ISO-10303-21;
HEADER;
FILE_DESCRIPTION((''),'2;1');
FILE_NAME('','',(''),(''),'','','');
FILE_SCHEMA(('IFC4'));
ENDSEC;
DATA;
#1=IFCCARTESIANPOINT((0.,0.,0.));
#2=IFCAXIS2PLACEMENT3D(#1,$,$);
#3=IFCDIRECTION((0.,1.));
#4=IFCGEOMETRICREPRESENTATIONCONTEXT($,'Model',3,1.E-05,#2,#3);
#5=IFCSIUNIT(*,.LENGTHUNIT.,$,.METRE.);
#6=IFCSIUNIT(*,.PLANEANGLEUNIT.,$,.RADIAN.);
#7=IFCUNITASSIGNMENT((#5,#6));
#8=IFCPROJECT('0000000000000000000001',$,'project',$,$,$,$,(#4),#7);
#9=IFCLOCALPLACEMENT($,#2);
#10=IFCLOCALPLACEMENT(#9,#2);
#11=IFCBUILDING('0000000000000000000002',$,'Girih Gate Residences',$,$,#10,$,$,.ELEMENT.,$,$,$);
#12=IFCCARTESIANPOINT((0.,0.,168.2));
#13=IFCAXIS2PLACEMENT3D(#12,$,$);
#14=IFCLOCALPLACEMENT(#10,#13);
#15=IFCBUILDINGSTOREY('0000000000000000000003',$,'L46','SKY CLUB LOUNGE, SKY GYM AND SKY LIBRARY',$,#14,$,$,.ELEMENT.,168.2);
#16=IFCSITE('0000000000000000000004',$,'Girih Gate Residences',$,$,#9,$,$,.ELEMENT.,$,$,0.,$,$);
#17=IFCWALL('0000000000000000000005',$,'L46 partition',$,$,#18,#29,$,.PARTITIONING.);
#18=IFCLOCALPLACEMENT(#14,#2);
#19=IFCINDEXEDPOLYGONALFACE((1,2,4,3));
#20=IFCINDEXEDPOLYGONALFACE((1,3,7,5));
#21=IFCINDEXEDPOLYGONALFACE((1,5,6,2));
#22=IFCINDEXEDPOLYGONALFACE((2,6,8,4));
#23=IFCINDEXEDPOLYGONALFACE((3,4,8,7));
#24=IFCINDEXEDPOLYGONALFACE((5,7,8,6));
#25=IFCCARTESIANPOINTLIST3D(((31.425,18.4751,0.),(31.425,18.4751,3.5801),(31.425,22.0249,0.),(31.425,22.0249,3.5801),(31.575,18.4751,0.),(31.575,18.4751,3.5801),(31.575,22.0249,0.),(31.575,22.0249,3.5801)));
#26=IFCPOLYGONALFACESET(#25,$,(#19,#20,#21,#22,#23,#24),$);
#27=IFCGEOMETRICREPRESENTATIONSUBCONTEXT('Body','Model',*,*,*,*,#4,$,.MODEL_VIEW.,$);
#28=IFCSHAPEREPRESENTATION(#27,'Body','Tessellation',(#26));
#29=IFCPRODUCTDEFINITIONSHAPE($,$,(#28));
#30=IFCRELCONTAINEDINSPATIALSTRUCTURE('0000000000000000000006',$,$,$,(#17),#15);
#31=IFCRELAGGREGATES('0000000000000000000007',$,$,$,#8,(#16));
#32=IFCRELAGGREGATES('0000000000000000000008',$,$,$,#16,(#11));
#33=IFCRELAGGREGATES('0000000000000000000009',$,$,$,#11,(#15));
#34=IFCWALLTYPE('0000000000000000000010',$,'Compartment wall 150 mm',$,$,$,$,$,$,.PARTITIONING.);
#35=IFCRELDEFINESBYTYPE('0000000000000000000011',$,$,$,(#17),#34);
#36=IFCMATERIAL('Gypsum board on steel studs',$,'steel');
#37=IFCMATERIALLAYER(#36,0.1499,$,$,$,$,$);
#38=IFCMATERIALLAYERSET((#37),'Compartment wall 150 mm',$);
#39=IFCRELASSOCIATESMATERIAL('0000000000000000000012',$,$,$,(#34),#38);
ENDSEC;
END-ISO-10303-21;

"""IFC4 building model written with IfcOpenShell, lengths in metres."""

from ifc_helpers import new_model, si_unit, direction, frame, frame_2d, origin, place, context, subcontext, project, spatial, rectangle, extrude, material, layer, layer_set, type_object, element, save


model = new_model("IFC4")

# Units and contexts
model_context = context("Model", 3, precision=1e-05, world=origin(), true_north=direction((0.0, 1.0)))
body_context = subcontext(model_context, "Body", "Model", "MODEL_VIEW")
ifc_project = project(units=[si_unit("LENGTHUNIT", "METRE"), si_unit("PLANEANGLEUNIT", "RADIAN")], contexts=[model_context])

# Site, building, storey
site_placement = place(None, origin())
site = spatial("IfcSite", under=ifc_project, at=site_placement, Name="Girih Gate Residences", CompositionType="ELEMENT", RefElevation=0.0)
building_placement = place(site_placement, origin())
building = spatial("IfcBuilding", under=site, at=building_placement, Name="Girih Gate Residences", CompositionType="ELEMENT")
storey_placement = place(building_placement, frame((0.0, 0.0, 168.2)))
storey = spatial("IfcBuildingStorey", under=building, at=storey_placement, Name="L46", Description="SKY CLUB LOUNGE, SKY GYM AND SKY LIBRARY", CompositionType="ELEMENT", Elevation=168.2)

# Wall
ifc_material_1 = material(Name="Gypsum board on steel studs", Category="steel")
ifc_layer = layer(ifc_material_1, 0.1499)
ifc_layer_set = layer_set([ifc_layer], Name="Compartment wall 150 mm")
wall_type = type_object("IfcWallType", Name="Compartment wall 150 mm", PredefinedType="PARTITIONING", material=ifc_layer_set)
for number, where, z_axis, x_axis, name in (
    (1, (31.5, 18.4751, 0.0), (0.0, 0.0, 1.0), (0.0, 1.0, 0.0), "L46 partition"),
):
    element("IfcWall", number, at=place(storey_placement, frame(where, z_axis=z_axis, x_axis=x_axis)), inside=storey, type_object=wall_type, Name=name, PredefinedType="PARTITIONING", context=body_context, shape_type="SweptSolid", body=[
        extrude(rectangle(XDim=3.5498, YDim=0.1499, at=frame_2d((1.7749, 0.0))), origin(), (0.0, 0.0, 1.0), 3.5801),
    ])

save(model, "model.ifc")
